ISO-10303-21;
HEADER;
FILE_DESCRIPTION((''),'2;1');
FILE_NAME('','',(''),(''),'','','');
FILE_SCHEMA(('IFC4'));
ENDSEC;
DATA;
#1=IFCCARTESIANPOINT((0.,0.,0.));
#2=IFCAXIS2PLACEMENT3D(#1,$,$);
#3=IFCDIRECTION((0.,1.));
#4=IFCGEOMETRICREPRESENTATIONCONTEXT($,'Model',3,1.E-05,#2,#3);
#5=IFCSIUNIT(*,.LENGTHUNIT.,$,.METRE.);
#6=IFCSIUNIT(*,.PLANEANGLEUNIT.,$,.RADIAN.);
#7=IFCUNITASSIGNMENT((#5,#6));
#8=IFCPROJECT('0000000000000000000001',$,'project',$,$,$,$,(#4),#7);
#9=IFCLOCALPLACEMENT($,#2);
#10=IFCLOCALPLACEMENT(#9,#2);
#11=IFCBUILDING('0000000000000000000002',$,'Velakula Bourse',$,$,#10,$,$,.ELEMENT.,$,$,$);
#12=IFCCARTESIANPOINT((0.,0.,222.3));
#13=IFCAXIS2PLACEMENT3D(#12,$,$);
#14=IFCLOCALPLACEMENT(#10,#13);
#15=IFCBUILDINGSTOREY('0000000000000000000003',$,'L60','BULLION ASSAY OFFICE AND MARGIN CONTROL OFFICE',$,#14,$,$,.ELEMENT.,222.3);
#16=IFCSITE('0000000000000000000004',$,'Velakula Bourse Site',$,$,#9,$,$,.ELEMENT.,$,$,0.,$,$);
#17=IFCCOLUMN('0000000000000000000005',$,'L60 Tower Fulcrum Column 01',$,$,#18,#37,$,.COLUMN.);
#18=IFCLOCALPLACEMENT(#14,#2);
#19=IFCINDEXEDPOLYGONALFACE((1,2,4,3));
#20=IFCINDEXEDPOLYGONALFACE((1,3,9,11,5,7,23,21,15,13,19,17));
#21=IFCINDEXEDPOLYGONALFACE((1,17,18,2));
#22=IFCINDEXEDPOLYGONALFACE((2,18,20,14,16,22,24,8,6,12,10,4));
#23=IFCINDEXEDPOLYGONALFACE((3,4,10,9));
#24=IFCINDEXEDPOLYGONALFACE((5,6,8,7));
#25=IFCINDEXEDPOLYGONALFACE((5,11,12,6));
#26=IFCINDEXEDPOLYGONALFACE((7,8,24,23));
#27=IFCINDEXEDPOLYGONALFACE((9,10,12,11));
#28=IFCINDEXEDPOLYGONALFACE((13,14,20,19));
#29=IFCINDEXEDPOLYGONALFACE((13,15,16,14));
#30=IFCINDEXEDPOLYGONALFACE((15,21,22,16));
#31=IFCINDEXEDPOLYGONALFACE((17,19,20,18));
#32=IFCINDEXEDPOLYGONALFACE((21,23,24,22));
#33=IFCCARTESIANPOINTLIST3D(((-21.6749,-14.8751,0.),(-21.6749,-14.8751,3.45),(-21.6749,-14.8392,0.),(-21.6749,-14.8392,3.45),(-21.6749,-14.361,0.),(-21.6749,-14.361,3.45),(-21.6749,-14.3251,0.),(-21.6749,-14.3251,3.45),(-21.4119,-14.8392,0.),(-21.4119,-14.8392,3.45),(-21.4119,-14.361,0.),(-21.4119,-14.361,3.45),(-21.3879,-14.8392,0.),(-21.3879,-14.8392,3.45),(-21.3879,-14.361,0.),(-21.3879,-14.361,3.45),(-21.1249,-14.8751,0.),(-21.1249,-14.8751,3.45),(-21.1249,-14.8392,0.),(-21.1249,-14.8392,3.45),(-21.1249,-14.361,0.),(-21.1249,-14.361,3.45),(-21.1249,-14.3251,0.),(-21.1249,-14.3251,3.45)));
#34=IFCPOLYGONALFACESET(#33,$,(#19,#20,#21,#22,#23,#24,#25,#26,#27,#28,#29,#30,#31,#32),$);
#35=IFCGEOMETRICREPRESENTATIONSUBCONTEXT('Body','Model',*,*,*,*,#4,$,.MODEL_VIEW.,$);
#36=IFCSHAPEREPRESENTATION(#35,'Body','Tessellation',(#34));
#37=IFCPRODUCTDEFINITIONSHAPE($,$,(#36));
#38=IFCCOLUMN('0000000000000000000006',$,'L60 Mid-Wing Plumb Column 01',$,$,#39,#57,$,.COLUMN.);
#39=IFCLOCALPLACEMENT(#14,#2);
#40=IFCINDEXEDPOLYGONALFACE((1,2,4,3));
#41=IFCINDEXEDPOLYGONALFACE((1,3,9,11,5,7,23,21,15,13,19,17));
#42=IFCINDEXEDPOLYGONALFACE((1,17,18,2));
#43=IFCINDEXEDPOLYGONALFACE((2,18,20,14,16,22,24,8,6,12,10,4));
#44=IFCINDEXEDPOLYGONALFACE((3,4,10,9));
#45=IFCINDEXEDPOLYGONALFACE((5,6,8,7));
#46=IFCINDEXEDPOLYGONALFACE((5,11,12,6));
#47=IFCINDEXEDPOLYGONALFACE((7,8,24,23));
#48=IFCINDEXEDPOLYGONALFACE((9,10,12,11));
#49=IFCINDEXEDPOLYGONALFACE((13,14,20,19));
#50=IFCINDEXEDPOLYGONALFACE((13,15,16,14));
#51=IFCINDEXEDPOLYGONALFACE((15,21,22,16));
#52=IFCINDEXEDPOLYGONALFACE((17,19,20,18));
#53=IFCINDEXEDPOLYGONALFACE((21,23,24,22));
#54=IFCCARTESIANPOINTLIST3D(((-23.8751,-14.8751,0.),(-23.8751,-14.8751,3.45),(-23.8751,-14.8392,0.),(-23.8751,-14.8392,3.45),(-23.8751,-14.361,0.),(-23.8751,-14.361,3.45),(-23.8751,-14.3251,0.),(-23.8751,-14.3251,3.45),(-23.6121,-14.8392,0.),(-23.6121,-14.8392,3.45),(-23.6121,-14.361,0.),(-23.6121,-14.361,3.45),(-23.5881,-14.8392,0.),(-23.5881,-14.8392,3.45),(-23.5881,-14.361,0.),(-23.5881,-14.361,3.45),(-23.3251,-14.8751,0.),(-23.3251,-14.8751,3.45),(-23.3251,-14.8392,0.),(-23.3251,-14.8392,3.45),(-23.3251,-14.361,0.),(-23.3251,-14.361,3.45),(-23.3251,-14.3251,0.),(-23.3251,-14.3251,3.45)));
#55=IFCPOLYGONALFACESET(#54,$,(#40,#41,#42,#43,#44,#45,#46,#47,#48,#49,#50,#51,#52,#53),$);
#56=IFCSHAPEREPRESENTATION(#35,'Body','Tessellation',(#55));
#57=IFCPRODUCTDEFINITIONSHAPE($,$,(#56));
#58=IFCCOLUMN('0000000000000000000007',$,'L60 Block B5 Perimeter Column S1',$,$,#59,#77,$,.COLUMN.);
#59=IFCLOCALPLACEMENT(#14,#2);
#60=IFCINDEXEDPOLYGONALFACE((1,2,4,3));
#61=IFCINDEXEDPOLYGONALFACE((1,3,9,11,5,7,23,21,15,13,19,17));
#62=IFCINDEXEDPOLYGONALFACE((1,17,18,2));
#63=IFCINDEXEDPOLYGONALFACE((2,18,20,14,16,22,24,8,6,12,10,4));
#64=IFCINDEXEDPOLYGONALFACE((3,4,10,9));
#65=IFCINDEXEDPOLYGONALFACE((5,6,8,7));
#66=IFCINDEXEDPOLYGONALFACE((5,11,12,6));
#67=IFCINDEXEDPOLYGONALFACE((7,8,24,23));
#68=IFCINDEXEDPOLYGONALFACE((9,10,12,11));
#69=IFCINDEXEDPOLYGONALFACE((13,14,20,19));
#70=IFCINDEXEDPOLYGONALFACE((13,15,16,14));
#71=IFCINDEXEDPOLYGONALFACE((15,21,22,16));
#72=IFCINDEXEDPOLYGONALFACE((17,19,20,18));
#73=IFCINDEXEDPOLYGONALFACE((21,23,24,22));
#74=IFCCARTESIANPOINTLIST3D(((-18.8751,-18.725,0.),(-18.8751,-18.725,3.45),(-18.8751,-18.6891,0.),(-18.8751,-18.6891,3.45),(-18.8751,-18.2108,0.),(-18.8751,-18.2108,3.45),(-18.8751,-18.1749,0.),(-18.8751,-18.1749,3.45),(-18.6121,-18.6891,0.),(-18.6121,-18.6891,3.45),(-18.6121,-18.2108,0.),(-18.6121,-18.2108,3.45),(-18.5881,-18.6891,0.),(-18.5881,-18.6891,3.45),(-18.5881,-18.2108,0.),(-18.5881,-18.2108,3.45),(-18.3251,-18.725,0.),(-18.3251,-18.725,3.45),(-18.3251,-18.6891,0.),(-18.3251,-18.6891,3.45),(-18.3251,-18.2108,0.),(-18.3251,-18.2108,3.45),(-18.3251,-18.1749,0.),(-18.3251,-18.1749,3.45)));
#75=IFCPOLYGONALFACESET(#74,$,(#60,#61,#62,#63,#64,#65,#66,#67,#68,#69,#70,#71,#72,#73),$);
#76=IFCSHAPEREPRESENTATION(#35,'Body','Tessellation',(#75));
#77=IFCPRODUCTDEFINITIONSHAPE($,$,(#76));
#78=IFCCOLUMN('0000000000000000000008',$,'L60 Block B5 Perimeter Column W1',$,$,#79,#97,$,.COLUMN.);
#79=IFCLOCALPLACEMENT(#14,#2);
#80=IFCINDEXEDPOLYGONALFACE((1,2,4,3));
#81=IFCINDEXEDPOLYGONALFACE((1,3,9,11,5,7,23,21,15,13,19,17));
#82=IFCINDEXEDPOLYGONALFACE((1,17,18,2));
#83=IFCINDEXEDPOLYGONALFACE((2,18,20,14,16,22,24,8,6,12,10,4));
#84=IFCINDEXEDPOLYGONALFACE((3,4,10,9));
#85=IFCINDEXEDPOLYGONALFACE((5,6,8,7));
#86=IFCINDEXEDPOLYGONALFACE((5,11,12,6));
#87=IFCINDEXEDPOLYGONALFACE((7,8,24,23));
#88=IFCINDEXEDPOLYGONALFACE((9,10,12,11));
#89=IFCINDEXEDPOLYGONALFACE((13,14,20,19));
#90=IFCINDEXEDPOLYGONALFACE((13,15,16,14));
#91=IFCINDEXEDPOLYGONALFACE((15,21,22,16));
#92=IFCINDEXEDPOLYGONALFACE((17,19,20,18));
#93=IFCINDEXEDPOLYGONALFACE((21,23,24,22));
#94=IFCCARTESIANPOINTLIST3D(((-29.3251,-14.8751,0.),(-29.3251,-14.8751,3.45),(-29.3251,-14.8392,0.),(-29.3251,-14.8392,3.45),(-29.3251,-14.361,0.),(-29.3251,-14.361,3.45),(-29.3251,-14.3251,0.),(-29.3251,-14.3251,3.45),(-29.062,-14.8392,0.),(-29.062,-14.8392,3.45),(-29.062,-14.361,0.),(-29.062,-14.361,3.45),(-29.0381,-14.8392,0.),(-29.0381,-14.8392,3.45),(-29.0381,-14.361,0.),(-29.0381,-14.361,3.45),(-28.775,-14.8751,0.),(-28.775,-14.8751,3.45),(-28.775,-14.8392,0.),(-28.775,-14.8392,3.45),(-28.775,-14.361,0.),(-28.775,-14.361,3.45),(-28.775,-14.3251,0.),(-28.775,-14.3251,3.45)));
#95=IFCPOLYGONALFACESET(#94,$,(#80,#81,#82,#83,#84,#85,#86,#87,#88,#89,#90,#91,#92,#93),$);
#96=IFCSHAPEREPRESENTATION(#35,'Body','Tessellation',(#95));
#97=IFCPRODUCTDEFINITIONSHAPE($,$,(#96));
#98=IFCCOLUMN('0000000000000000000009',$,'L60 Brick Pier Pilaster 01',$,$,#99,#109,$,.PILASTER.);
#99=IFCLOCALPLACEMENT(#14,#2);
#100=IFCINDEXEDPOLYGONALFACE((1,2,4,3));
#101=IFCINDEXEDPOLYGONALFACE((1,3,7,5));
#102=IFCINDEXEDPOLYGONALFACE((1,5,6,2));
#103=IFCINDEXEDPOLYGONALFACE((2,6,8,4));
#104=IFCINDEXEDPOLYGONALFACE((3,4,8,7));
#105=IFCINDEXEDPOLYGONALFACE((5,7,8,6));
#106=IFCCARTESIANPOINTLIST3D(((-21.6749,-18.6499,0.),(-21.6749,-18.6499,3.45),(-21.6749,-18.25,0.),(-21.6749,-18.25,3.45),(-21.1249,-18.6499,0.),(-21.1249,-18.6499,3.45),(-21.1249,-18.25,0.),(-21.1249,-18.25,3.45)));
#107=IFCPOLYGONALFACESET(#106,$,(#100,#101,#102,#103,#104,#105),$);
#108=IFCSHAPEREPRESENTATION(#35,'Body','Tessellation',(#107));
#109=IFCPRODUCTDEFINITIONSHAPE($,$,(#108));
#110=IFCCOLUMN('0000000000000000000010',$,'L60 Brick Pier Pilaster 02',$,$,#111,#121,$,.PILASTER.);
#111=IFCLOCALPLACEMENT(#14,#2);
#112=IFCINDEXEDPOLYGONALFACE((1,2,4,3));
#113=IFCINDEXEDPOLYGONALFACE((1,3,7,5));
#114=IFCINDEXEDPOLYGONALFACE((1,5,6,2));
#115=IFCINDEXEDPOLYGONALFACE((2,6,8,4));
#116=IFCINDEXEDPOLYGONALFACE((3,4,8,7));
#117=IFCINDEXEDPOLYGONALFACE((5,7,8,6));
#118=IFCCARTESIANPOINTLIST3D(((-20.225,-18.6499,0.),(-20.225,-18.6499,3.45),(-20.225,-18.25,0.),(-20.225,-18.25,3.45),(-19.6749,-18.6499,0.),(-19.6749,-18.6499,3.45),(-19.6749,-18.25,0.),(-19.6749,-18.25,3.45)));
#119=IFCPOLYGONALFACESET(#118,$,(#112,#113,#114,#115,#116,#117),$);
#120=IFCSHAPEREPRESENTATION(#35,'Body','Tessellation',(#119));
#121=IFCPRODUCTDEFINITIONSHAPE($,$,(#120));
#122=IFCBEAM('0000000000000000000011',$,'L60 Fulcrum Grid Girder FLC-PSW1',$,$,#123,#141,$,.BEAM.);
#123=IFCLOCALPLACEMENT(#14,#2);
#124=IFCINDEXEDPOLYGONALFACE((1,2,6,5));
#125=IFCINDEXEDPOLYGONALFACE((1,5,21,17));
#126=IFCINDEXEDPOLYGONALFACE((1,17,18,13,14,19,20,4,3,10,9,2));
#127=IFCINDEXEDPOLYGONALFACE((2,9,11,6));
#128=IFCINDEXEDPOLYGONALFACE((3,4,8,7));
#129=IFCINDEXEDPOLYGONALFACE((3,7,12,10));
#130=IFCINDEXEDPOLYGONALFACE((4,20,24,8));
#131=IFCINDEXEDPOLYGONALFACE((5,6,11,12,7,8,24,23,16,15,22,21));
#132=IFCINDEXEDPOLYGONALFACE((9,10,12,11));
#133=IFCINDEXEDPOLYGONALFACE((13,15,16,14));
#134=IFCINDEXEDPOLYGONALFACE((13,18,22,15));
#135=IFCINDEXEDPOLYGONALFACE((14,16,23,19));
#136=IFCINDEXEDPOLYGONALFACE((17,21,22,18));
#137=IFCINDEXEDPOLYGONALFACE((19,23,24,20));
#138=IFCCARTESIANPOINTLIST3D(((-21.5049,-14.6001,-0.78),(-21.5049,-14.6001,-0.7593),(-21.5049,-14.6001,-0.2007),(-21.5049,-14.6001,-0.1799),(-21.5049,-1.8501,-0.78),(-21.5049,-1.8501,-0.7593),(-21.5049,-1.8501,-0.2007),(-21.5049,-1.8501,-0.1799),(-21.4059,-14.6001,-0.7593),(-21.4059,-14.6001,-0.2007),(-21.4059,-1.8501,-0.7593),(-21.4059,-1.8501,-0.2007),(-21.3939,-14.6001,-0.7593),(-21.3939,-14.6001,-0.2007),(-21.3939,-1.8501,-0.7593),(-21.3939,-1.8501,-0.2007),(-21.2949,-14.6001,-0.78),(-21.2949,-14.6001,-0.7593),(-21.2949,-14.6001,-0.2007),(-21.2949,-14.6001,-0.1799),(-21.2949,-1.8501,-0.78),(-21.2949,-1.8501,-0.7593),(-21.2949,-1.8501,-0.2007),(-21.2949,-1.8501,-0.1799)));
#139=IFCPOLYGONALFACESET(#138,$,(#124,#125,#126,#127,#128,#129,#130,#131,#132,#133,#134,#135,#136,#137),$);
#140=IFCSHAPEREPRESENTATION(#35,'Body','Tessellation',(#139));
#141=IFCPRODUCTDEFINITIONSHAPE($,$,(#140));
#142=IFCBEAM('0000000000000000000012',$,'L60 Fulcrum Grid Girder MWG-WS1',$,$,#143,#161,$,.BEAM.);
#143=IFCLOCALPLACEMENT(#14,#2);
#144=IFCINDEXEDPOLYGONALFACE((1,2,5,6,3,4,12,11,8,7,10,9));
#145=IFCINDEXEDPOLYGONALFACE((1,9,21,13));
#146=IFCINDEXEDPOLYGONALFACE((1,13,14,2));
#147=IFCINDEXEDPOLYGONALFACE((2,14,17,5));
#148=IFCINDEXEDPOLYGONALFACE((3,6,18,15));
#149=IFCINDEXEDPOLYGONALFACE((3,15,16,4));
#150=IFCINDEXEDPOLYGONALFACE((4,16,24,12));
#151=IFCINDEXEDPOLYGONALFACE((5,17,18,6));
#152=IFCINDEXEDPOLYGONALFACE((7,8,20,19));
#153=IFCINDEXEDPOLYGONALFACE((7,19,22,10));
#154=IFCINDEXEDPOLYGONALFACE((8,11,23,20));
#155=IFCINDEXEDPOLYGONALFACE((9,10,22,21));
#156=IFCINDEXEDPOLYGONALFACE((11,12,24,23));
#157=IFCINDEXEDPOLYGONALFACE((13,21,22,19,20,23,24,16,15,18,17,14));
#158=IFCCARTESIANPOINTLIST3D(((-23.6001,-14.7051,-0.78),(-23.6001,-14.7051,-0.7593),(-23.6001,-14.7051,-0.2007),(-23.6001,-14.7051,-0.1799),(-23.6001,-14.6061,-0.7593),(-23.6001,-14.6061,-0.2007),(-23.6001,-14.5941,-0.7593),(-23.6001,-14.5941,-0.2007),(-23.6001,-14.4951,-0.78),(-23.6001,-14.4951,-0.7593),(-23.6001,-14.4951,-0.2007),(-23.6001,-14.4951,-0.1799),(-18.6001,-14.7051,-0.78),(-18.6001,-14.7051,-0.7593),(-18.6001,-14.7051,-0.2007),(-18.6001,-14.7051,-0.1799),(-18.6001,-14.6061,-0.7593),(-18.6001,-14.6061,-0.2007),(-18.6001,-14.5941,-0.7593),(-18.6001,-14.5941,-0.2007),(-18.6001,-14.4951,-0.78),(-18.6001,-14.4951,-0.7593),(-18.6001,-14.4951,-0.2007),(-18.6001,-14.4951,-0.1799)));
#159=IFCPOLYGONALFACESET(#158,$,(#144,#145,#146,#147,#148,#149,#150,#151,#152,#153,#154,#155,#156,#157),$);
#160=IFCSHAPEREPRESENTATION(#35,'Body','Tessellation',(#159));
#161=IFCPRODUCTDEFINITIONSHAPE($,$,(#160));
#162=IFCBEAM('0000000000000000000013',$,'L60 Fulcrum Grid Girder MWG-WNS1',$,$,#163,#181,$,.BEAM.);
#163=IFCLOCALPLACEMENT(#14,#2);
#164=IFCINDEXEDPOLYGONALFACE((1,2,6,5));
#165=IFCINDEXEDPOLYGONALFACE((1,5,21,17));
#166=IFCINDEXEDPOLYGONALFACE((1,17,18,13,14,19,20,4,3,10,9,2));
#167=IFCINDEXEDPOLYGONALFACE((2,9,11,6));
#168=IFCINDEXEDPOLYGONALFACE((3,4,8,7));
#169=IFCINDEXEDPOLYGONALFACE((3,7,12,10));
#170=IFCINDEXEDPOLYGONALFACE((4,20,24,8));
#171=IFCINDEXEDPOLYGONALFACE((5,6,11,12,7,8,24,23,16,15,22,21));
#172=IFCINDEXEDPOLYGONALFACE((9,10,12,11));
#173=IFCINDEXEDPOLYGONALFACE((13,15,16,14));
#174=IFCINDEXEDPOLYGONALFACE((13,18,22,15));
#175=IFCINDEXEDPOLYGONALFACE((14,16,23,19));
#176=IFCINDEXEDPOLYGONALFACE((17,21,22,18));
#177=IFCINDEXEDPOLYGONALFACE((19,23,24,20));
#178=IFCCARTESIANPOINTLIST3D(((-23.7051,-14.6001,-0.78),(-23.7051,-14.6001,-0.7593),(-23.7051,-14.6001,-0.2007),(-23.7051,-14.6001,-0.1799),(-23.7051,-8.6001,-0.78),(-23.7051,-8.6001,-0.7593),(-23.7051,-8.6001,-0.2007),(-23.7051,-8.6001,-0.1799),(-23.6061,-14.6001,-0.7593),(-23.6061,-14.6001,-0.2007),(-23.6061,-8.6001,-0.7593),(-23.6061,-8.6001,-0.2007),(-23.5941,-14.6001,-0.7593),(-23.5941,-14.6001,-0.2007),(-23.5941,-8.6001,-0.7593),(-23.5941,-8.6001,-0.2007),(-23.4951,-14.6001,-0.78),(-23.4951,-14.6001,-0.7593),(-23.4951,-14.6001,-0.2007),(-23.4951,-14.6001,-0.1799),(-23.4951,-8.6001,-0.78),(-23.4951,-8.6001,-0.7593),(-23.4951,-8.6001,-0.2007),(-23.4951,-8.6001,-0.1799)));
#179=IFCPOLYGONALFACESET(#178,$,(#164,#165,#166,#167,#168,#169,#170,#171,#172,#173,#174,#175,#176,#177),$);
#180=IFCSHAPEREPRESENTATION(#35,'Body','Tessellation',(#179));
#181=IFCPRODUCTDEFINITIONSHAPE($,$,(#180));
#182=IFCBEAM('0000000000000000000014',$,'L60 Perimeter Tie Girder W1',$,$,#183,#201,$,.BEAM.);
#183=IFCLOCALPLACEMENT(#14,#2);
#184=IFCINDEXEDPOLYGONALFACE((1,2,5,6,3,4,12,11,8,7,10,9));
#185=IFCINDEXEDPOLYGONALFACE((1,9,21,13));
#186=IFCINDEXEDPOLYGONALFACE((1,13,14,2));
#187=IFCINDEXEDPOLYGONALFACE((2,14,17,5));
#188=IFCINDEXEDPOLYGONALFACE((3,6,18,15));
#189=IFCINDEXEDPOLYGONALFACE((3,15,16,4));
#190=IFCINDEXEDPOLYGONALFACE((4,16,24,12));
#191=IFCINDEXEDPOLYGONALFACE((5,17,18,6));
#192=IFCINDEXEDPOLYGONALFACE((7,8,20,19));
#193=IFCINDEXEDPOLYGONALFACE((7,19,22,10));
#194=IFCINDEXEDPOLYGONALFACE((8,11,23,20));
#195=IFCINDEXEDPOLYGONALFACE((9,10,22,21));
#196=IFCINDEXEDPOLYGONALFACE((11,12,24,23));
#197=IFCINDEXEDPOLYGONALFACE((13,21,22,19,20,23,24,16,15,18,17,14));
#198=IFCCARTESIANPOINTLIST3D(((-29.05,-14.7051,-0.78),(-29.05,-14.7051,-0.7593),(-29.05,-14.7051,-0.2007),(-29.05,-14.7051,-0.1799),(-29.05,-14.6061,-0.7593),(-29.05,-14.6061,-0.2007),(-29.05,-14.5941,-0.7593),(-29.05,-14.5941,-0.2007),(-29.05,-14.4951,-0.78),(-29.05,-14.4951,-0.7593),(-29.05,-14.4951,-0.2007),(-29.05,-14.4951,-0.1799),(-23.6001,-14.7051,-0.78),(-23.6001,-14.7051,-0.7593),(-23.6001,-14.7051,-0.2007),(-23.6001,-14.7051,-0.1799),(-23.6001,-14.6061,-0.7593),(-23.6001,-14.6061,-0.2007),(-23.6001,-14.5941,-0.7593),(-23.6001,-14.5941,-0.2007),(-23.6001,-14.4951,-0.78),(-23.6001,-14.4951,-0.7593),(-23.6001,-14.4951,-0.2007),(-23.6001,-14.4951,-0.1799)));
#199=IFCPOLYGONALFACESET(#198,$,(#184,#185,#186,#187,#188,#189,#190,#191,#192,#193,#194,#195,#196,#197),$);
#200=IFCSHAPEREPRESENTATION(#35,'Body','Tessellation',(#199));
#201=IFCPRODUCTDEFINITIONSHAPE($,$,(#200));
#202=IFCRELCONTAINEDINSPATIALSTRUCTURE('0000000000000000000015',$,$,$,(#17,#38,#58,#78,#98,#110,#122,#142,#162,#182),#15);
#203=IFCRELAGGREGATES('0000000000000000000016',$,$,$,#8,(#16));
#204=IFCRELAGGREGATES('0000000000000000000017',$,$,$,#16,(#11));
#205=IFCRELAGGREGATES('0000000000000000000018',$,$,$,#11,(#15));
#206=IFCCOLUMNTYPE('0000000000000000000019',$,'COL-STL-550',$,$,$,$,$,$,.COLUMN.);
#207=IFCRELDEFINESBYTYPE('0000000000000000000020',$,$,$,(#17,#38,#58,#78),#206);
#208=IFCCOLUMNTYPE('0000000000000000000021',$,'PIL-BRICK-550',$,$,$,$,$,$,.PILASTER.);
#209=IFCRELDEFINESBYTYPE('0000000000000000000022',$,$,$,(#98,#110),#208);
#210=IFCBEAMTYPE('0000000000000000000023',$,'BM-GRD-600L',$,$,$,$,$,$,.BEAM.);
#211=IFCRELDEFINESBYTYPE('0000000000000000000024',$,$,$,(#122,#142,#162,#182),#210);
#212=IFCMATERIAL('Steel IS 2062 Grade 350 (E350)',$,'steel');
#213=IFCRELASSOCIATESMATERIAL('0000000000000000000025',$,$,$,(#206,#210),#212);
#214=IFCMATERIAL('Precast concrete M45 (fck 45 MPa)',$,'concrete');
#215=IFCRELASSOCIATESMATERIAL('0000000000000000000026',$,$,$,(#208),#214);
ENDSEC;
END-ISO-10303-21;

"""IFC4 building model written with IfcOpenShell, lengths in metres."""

from ifc_helpers import new_model, si_unit, direction, frame, origin, origin_2d, place, context, subcontext, project, spatial, rectangle, i_section, extrude, material, material_profile, profile_set, type_object, element, save


model = new_model("IFC4")

# Units and contexts
model_context = context("Model", 3, precision=1e-05, world=origin(), true_north=direction((0.0, 1.0)))
body_context = subcontext(model_context, "Body", "Model", "MODEL_VIEW")
ifc_project = project(units=[si_unit("LENGTHUNIT", "METRE"), si_unit("PLANEANGLEUNIT", "RADIAN")], contexts=[model_context])

# Site, building, storey
site_placement = place(None, origin())
site = spatial("IfcSite", under=ifc_project, at=site_placement, Name="Velakula Bourse Site", CompositionType="ELEMENT", RefElevation=0.0)
building_placement = place(site_placement, origin())
building = spatial("IfcBuilding", under=site, at=building_placement, Name="Velakula Bourse", CompositionType="ELEMENT")
storey_placement = place(building_placement, frame((0.0, 0.0, 222.3)))
storey = spatial("IfcBuildingStorey", under=building, at=storey_placement, Name="L60", Description="BULLION ASSAY OFFICE AND MARGIN CONTROL OFFICE", CompositionType="ELEMENT", Elevation=222.3)

# Columns
ifc_material_1 = material(Name="Steel IS 2062 Grade 350 (E350)", Category="steel")
ifc_material_profile_1 = material_profile(ifc_material_1, i_section(OverallWidth=0.55, OverallDepth=0.55, WebThickness=0.0239, FlangeThickness=0.0359, at=origin_2d()), Name="Steel IS 2062 Grade 350 (E350)")
ifc_profile_set_1 = profile_set([ifc_material_profile_1], Name="Steel IS 2062 Grade 350 (E350)")
column_type_1 = type_object("IfcColumnType", Name="COL-STL-550", PredefinedType="COLUMN", material=ifc_profile_set_1)
for number, where, z_axis, x_axis, name in (
    (1, (-21.3999, -14.6001, 0.0), (0.0, 0.0, 1.0), (1.0, 0.0, 0.0), "L60 Tower Fulcrum Column 01"),
    (2, (-23.6001, -14.6001, 0.0), (0.0, 0.0, 1.0), (1.0, 0.0, 0.0), "L60 Mid-Wing Plumb Column 01"),
    (3, (-18.6001, -18.45, 0.0), (0.0, 0.0, 1.0), (1.0, 0.0, 0.0), "L60 Block B5 Perimeter Column S1"),
    (4, (-29.05, -14.6001, 0.0), (0.0, 0.0, 1.0), (1.0, 0.0, 0.0), "L60 Block B5 Perimeter Column W1"),
):
    element("IfcColumn", number, at=place(storey_placement, frame(where, z_axis=z_axis, x_axis=x_axis)), inside=storey, type_object=column_type_1, Name=name, PredefinedType="COLUMN", context=body_context, shape_type="SweptSolid", body=[
        extrude(i_section(OverallWidth=0.55, OverallDepth=0.55, WebThickness=0.0239, FlangeThickness=0.0359, at=origin_2d()), origin(), (0.0, 0.0, 1.0), 3.45),
    ])
ifc_material_2 = material(Name="Precast concrete M45 (fck 45 MPa)", Category="concrete")
ifc_material_profile_2 = material_profile(ifc_material_2, rectangle(XDim=0.55, YDim=0.3999, at=origin_2d()), Name="Precast concrete M45 (fck 45 MPa)")
ifc_profile_set_2 = profile_set([ifc_material_profile_2], Name="Precast concrete M45 (fck 45 MPa)")
column_type_2 = type_object("IfcColumnType", Name="PIL-BRICK-550", PredefinedType="PILASTER", material=ifc_profile_set_2)
for number, where, z_axis, x_axis, name in (
    (5, (-21.3999, -18.45, 0.0), (0.0, 0.0, 1.0), (1.0, 0.0, 0.0), "L60 Brick Pier Pilaster 01"),
    (6, (-19.95, -18.45, 0.0), (0.0, 0.0, 1.0), (1.0, 0.0, 0.0), "L60 Brick Pier Pilaster 02"),
):
    element("IfcColumn", number, at=place(storey_placement, frame(where, z_axis=z_axis, x_axis=x_axis)), inside=storey, type_object=column_type_2, Name=name, PredefinedType="PILASTER", context=body_context, shape_type="SweptSolid", body=[
        extrude(rectangle(XDim=0.55, YDim=0.3999, at=origin_2d()), origin(), (0.0, 0.0, 1.0), 3.45),
    ])

# Beams
ifc_material_profile_3 = material_profile(ifc_material_1, i_section(OverallWidth=0.21, OverallDepth=0.6001, WebThickness=0.012, FlangeThickness=0.0208, at=origin_2d()), Name="Steel IS 2062 Grade 350 (E350)")
ifc_profile_set_3 = profile_set([ifc_material_profile_3], Name="Steel IS 2062 Grade 350 (E350)")
beam_type_1 = type_object("IfcBeamType", Name="BM-GRD-600L", PredefinedType="BEAM", material=ifc_profile_set_3)
beam_1_placement = place(storey_placement, frame((-21.3999, -14.6001, -0.48), z_axis=(0.0, 1.0, 0.0), x_axis=(-1.0, 0.0, 0.0)))
element("IfcBeam", 7, at=beam_1_placement, inside=storey, type_object=beam_type_1, Name="L60 Fulcrum Grid Girder FLC-PSW1", PredefinedType="BEAM", context=body_context, shape_type="SweptSolid", body=[
    extrude(i_section(OverallWidth=0.21, OverallDepth=0.6001, WebThickness=0.012, FlangeThickness=0.0208, at=origin_2d()), origin(), (0.0, 0.0, 1.0), 12.75),
])
beam_2_placement = place(storey_placement, frame((-23.6001, -14.6001, -0.48), z_axis=(1.0, 0.0, 0.0), x_axis=(0.0, 1.0, 0.0)))
element("IfcBeam", 8, at=beam_2_placement, inside=storey, type_object=beam_type_1, Name="L60 Fulcrum Grid Girder MWG-WS1", PredefinedType="BEAM", context=body_context, shape_type="SweptSolid", body=[
    extrude(i_section(OverallWidth=0.21, OverallDepth=0.6001, WebThickness=0.012, FlangeThickness=0.0208, at=origin_2d()), origin(), (0.0, 0.0, 1.0), 5.0),
])
beam_3_placement = place(storey_placement, frame((-23.6001, -14.6001, -0.48), z_axis=(0.0, 1.0, 0.0), x_axis=(-1.0, 0.0, 0.0)))
element("IfcBeam", 9, at=beam_3_placement, inside=storey, type_object=beam_type_1, Name="L60 Fulcrum Grid Girder MWG-WNS1", PredefinedType="BEAM", context=body_context, shape_type="SweptSolid", body=[
    extrude(i_section(OverallWidth=0.21, OverallDepth=0.6001, WebThickness=0.012, FlangeThickness=0.0208, at=origin_2d()), origin(), (0.0, 0.0, 1.0), 6.0),
])
beam_4_placement = place(storey_placement, frame((-23.6001, -14.6001, -0.48), z_axis=(-1.0, 0.0, 0.0), x_axis=(0.0, -1.0, 0.0)))
element("IfcBeam", 10, at=beam_4_placement, inside=storey, type_object=beam_type_1, Name="L60 Perimeter Tie Girder W1", PredefinedType="BEAM", context=body_context, shape_type="SweptSolid", body=[
    extrude(i_section(OverallWidth=0.21, OverallDepth=0.6001, WebThickness=0.012, FlangeThickness=0.0208, at=origin_2d()), origin(), (0.0, 0.0, 1.0), 5.45),
])

save(model, "model.ifc")
